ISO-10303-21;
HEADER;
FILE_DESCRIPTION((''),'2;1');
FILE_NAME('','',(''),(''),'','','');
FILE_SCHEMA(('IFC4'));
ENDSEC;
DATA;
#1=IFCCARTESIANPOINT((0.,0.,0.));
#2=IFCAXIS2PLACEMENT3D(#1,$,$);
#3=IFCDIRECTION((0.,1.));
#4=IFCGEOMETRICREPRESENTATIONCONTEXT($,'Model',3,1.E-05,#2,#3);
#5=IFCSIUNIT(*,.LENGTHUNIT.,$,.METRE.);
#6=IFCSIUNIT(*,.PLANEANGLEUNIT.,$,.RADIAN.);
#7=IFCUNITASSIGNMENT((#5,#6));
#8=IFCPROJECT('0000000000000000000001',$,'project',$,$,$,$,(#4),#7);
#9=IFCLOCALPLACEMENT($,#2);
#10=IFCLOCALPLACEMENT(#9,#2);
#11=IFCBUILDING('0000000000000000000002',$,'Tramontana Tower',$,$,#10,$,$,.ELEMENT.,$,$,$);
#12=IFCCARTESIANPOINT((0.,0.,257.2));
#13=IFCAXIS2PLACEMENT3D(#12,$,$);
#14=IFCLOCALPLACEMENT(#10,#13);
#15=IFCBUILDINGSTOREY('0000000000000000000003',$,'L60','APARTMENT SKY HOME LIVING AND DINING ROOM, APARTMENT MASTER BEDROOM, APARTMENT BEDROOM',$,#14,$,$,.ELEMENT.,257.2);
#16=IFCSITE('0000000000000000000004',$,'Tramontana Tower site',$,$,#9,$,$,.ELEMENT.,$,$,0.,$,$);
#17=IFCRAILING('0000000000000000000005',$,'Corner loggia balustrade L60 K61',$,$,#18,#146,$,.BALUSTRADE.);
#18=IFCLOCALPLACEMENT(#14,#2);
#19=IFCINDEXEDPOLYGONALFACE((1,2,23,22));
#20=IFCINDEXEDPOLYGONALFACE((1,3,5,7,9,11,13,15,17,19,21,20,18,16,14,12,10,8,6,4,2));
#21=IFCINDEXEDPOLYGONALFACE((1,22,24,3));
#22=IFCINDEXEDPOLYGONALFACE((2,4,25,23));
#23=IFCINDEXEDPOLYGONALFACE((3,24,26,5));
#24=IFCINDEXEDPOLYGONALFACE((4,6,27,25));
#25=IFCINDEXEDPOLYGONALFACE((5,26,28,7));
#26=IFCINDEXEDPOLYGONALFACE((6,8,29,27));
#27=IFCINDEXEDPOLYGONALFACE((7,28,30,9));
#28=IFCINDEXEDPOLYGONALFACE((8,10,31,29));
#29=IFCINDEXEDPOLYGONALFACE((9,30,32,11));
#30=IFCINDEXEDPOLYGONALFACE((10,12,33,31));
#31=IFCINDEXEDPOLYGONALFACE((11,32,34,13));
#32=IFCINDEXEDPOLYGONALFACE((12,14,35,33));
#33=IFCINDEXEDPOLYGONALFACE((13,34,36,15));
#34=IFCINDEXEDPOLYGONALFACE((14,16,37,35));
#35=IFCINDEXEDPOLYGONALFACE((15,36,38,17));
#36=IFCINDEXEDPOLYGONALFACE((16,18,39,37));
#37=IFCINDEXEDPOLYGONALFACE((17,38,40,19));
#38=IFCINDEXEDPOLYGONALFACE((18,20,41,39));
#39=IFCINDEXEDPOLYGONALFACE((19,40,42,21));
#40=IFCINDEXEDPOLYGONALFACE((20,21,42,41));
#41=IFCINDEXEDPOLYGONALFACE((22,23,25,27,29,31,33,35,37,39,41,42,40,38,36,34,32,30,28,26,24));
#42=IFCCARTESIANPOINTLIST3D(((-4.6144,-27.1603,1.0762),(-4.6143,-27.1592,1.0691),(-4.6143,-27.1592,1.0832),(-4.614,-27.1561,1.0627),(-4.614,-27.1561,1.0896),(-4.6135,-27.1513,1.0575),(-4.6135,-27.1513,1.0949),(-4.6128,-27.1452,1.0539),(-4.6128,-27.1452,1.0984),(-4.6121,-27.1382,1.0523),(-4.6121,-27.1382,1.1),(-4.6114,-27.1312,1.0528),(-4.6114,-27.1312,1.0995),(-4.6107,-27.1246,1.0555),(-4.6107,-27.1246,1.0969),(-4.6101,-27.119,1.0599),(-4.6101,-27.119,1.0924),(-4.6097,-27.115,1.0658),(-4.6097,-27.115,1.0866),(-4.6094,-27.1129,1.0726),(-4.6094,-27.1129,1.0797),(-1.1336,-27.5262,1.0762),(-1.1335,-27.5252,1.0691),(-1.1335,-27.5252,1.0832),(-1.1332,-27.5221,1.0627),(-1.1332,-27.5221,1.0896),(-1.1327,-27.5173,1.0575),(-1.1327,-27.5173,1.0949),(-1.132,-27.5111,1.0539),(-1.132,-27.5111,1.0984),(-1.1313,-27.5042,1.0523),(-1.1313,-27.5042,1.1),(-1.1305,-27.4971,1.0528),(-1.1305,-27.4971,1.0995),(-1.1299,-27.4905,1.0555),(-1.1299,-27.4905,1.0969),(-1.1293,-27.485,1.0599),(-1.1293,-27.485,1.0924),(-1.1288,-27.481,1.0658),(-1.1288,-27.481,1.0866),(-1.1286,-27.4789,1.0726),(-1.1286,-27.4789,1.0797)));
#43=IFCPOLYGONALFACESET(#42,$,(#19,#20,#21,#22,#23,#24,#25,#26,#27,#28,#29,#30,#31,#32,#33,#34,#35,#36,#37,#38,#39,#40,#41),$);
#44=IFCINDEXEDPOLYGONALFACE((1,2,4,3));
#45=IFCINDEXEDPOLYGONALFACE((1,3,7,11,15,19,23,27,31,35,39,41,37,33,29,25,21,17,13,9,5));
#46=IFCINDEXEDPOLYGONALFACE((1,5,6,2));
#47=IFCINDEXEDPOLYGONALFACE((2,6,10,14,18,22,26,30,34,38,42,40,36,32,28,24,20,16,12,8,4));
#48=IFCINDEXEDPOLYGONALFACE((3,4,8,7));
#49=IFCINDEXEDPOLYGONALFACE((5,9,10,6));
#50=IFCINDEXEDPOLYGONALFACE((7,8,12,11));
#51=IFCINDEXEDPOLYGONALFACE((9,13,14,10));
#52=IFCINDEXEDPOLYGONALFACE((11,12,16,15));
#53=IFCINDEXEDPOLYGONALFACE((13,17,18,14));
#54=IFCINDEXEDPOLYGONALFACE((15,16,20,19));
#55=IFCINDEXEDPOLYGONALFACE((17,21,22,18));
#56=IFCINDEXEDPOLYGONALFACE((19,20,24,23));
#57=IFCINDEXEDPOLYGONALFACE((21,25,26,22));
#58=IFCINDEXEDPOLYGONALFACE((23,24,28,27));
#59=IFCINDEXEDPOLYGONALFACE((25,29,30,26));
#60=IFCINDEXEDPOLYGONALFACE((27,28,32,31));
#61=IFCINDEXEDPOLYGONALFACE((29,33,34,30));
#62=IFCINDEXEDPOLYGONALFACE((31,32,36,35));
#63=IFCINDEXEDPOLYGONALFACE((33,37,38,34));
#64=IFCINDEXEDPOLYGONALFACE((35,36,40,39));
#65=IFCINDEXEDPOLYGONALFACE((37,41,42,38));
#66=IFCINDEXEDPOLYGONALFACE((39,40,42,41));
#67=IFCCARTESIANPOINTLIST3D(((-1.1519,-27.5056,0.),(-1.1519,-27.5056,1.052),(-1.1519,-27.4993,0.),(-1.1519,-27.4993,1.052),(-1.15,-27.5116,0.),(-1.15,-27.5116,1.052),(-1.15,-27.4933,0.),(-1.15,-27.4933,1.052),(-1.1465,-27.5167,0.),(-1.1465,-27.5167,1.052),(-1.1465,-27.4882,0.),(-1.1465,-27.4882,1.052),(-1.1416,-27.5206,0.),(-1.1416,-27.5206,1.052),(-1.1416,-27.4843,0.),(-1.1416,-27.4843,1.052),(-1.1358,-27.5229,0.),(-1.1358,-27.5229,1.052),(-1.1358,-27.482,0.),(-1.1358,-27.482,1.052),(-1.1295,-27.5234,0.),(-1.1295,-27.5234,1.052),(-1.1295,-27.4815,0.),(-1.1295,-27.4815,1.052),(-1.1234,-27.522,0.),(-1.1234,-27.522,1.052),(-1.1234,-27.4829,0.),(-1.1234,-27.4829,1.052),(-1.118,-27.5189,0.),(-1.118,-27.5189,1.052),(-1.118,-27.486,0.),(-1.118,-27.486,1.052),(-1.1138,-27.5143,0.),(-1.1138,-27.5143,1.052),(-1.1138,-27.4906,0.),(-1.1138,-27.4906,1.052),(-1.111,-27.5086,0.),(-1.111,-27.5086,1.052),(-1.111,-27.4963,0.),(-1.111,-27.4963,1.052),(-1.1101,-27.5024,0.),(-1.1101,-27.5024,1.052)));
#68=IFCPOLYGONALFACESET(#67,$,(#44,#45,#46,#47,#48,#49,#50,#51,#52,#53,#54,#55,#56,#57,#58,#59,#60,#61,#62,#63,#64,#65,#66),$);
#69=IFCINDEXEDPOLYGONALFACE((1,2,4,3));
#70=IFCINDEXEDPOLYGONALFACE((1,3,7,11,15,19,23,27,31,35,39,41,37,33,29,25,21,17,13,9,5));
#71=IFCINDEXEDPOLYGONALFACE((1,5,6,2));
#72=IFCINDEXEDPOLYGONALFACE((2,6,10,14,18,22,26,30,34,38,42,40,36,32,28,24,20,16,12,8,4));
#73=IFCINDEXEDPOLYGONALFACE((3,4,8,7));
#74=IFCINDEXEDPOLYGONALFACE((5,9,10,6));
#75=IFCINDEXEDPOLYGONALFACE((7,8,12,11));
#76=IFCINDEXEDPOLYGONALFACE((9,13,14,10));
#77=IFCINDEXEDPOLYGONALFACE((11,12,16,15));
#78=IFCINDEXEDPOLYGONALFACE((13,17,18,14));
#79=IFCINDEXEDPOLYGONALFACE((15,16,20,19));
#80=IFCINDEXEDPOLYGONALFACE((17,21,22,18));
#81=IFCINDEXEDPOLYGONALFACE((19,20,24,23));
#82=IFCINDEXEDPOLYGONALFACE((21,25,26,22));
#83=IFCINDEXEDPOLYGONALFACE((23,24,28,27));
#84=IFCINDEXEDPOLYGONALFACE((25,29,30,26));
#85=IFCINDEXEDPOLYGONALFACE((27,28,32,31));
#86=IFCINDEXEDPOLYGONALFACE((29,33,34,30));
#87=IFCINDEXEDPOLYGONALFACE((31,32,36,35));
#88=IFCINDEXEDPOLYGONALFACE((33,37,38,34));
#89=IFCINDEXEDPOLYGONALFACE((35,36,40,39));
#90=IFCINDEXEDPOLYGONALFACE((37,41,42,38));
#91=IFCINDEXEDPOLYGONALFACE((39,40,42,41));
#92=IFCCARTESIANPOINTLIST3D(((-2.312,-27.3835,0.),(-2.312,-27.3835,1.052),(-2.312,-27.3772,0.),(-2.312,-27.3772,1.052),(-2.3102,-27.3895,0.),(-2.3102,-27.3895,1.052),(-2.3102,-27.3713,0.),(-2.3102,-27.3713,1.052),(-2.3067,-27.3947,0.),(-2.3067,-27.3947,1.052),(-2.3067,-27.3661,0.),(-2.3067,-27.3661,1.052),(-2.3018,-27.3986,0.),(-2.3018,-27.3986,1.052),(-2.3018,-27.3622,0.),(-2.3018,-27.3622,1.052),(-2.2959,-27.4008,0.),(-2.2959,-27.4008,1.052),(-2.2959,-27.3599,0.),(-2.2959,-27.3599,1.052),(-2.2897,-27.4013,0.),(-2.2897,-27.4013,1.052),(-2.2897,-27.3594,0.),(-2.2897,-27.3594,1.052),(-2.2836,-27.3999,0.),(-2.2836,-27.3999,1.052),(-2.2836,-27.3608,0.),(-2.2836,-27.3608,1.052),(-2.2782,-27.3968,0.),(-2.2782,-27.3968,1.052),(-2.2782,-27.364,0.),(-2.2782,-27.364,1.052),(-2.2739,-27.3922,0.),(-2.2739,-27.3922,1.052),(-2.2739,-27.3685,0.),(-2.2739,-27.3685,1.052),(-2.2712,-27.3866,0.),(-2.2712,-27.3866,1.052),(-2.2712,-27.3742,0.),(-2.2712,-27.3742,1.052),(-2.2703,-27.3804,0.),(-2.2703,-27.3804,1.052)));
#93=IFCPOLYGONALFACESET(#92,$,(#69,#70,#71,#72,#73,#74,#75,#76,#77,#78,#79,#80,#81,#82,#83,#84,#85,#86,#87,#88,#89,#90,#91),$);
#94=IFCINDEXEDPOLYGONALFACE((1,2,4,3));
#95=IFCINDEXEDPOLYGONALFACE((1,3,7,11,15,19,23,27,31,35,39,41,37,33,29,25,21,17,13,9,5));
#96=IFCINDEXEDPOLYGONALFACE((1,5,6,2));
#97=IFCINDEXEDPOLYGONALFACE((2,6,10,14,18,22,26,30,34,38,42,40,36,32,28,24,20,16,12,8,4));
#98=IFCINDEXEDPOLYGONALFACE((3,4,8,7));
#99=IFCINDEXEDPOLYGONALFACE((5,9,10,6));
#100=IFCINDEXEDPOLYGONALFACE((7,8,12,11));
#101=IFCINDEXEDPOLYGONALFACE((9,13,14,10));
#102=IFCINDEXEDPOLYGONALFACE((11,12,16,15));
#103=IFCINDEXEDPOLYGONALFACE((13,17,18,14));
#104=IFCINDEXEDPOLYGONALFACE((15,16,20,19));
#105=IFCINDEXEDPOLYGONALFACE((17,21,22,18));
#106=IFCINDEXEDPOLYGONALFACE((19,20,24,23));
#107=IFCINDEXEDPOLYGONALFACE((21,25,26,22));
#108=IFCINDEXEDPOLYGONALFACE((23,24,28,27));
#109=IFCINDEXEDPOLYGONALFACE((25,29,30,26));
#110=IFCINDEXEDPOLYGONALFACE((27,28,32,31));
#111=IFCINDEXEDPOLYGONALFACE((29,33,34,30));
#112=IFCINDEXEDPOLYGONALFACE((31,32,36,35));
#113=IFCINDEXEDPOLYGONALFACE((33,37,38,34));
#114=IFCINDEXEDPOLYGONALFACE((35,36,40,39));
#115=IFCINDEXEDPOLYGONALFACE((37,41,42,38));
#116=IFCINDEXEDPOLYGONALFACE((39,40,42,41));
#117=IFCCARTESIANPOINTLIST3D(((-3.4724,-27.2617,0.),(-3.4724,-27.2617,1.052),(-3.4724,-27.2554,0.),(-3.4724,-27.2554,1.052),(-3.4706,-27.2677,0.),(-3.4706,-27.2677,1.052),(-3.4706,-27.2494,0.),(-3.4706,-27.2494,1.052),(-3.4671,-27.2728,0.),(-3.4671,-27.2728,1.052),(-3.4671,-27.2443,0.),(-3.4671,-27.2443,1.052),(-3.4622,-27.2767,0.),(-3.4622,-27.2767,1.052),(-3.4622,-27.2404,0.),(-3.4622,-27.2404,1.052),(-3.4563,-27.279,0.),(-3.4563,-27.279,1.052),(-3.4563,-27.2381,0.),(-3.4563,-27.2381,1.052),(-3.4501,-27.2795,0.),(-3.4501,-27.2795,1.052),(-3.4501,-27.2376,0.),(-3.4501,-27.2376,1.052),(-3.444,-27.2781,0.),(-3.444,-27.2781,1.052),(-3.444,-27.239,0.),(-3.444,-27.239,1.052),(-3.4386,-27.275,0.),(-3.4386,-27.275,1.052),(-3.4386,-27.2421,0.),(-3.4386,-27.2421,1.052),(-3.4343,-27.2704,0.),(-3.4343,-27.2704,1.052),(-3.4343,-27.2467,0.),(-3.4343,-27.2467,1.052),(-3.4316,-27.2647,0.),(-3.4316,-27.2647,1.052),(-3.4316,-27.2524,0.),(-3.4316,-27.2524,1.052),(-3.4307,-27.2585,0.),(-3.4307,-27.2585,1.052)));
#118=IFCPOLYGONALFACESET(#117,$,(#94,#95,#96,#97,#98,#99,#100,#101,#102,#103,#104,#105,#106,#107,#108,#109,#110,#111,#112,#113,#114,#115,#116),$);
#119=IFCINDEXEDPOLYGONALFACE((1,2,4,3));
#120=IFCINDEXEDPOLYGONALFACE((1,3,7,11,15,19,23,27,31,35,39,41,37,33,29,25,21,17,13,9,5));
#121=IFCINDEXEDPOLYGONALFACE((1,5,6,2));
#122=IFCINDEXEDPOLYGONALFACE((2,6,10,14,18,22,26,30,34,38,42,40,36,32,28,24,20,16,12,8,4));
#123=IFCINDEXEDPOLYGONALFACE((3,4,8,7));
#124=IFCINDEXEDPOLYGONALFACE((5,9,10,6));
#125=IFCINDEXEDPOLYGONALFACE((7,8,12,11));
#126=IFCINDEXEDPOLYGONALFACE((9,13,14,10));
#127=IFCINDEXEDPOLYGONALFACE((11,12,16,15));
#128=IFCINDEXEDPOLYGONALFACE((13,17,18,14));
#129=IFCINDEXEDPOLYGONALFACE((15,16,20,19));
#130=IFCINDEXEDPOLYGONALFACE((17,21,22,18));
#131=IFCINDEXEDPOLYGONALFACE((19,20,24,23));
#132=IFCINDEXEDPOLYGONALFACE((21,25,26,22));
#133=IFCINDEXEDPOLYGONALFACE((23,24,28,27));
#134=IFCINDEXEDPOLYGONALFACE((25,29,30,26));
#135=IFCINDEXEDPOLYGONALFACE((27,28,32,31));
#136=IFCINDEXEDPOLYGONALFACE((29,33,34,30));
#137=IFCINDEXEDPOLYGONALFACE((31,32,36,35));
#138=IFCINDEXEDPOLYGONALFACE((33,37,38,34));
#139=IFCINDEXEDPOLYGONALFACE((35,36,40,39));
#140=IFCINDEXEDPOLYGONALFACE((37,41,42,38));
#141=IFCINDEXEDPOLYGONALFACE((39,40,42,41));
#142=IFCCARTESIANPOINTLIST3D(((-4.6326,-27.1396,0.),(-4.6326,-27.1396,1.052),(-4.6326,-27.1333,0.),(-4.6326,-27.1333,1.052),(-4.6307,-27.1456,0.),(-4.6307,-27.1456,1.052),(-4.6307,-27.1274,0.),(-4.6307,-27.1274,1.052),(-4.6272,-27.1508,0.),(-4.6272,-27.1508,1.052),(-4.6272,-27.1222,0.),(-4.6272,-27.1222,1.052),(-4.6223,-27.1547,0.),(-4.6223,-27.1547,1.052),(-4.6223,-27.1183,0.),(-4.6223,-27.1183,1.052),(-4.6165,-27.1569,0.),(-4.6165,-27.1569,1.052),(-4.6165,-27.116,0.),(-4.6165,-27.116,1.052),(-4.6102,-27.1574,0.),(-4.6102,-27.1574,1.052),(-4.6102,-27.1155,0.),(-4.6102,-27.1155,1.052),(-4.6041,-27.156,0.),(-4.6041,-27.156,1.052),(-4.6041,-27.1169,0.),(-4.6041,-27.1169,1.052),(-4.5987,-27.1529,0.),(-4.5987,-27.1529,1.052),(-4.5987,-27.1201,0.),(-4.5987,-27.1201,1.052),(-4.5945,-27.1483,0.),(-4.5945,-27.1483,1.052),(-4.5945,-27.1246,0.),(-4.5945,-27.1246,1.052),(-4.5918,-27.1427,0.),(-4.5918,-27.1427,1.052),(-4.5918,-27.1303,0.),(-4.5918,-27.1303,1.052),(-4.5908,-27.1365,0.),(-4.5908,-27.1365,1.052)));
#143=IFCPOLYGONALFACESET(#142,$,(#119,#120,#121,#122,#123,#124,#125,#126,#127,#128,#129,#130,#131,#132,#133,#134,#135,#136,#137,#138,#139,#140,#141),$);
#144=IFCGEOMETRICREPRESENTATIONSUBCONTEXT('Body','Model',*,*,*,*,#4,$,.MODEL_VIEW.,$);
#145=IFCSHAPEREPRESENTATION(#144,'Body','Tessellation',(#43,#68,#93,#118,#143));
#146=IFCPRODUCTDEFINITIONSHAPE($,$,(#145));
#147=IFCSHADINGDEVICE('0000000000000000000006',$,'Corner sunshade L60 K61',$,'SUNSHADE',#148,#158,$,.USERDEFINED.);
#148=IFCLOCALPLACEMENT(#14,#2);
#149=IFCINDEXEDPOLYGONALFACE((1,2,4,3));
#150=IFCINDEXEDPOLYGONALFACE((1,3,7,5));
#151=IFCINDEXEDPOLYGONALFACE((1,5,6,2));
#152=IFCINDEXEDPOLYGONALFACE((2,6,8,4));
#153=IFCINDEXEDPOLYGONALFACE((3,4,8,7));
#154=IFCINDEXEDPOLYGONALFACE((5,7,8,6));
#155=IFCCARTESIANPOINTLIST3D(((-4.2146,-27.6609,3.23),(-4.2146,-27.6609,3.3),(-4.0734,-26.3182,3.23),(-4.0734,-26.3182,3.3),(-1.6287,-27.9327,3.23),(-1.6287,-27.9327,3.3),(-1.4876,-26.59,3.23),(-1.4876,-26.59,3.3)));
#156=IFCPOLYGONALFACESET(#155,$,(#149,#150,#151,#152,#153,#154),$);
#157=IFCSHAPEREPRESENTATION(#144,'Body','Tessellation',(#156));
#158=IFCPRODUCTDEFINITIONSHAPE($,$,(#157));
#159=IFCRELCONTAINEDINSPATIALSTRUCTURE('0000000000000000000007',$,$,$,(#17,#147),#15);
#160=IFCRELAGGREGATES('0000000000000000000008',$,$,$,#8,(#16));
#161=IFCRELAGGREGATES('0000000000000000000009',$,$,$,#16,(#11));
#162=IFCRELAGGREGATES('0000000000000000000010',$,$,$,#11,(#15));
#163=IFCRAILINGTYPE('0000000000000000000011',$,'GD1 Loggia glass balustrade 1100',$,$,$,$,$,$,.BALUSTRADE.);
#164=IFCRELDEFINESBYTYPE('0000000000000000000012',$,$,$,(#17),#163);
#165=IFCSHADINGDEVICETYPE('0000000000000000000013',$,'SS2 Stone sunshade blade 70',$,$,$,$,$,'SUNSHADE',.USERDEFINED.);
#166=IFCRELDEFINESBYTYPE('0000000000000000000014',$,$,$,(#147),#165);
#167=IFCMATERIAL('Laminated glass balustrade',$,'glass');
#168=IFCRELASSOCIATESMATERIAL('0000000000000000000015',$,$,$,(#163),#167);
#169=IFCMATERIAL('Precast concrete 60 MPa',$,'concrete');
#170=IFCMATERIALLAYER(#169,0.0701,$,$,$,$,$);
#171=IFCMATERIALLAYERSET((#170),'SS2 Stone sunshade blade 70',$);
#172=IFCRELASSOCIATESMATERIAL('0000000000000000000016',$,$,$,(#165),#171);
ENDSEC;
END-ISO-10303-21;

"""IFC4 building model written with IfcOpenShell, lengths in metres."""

from ifc_helpers import new_model, si_unit, direction, frame, origin, origin_2d, place, context, subcontext, project, spatial, rectangle, circle, extrude, material, layer, layer_set, type_object, element, save


model = new_model("IFC4")

# Units and contexts
model_context = context("Model", 3, precision=1e-05, world=origin(), true_north=direction((0.0, 1.0)))
body_context = subcontext(model_context, "Body", "Model", "MODEL_VIEW")
ifc_project = project(units=[si_unit("LENGTHUNIT", "METRE"), si_unit("PLANEANGLEUNIT", "RADIAN")], contexts=[model_context])

# Site, building, storey
site_placement = place(None, origin())
site = spatial("IfcSite", under=ifc_project, at=site_placement, Name="Tramontana Tower site", CompositionType="ELEMENT", RefElevation=0.0)
building_placement = place(site_placement, origin())
building = spatial("IfcBuilding", under=site, at=building_placement, Name="Tramontana Tower", CompositionType="ELEMENT")
storey_placement = place(building_placement, frame((0.0, 0.0, 257.2)))
storey = spatial("IfcBuildingStorey", under=building, at=storey_placement, Name="L60", Description="APARTMENT SKY HOME LIVING AND DINING ROOM, APARTMENT MASTER BEDROOM, APARTMENT BEDROOM", CompositionType="ELEMENT", Elevation=257.2)

# Railing
ifc_material_1 = material(Name="Laminated glass balustrade", Category="glass")
railing_type = type_object("IfcRailingType", Name="GD1 Loggia glass balustrade 1100", PredefinedType="BALUSTRADE", material=ifc_material_1)
railing_1_placement = place(storey_placement, frame((-1.1311, -27.5024, 0.0)))
element("IfcRailing", 1, at=railing_1_placement, inside=storey, type_object=railing_type, Name="Corner loggia balustrade L60 K61", PredefinedType="BALUSTRADE", context=body_context, shape_type="SweptSolid", body=[
    extrude(circle(Radius=0.0239, at=origin_2d()), frame((0.0, 0.0, 1.0762), z_axis=(-0.994518, 0.104565, 0.0), x_axis=(-0.104565, -0.994518, 0.0)), (0.0, 0.0, 1.0), 3.5),
    extrude(circle(Radius=0.021, at=origin_2d()), origin(), (0.0, 0.0, 1.0), 1.052),
    extrude(circle(Radius=0.021, at=origin_2d()), frame((-1.1602, 0.1221, 0.0)), (0.0, 0.0, 1.0), 1.052),
    extrude(circle(Radius=0.021, at=origin_2d()), frame((-2.3206, 0.2439, 0.0)), (0.0, 0.0, 1.0), 1.052),
    extrude(circle(Radius=0.021, at=origin_2d()), frame((-3.4807, 0.366, 0.0)), (0.0, 0.0, 1.0), 1.052),
])

# Shading device
ifc_material_2 = material(Name="Precast concrete 60 MPa", Category="concrete")
ifc_layer_1 = layer(ifc_material_2, 0.0701)
ifc_layer_set_1 = layer_set([ifc_layer_1], Name="SS2 Stone sunshade blade 70")
shading_device_type = type_object("IfcShadingDeviceType", Name="SS2 Stone sunshade blade 70", ElementType="SUNSHADE", PredefinedType="USERDEFINED", material=ifc_layer_set_1)
shading_device_placement = place(storey_placement, frame((-2.8511, -27.1255, 3.23), z_axis=(0.0, 0.0, 1.0), x_axis=(-0.994522, 0.104528, 0.0)))
element("IfcShadingDevice", 2, at=shading_device_placement, inside=storey, type_object=shading_device_type, Name="Corner sunshade L60 K61", ObjectType="SUNSHADE", PredefinedType="USERDEFINED", context=body_context, shape_type="SweptSolid", body=[
    extrude(rectangle(XDim=2.6001, YDim=1.3501, at=origin_2d()), origin(), (0.0, 0.0, 1.0), 0.0701),
])

save(model, "model.ifc")
